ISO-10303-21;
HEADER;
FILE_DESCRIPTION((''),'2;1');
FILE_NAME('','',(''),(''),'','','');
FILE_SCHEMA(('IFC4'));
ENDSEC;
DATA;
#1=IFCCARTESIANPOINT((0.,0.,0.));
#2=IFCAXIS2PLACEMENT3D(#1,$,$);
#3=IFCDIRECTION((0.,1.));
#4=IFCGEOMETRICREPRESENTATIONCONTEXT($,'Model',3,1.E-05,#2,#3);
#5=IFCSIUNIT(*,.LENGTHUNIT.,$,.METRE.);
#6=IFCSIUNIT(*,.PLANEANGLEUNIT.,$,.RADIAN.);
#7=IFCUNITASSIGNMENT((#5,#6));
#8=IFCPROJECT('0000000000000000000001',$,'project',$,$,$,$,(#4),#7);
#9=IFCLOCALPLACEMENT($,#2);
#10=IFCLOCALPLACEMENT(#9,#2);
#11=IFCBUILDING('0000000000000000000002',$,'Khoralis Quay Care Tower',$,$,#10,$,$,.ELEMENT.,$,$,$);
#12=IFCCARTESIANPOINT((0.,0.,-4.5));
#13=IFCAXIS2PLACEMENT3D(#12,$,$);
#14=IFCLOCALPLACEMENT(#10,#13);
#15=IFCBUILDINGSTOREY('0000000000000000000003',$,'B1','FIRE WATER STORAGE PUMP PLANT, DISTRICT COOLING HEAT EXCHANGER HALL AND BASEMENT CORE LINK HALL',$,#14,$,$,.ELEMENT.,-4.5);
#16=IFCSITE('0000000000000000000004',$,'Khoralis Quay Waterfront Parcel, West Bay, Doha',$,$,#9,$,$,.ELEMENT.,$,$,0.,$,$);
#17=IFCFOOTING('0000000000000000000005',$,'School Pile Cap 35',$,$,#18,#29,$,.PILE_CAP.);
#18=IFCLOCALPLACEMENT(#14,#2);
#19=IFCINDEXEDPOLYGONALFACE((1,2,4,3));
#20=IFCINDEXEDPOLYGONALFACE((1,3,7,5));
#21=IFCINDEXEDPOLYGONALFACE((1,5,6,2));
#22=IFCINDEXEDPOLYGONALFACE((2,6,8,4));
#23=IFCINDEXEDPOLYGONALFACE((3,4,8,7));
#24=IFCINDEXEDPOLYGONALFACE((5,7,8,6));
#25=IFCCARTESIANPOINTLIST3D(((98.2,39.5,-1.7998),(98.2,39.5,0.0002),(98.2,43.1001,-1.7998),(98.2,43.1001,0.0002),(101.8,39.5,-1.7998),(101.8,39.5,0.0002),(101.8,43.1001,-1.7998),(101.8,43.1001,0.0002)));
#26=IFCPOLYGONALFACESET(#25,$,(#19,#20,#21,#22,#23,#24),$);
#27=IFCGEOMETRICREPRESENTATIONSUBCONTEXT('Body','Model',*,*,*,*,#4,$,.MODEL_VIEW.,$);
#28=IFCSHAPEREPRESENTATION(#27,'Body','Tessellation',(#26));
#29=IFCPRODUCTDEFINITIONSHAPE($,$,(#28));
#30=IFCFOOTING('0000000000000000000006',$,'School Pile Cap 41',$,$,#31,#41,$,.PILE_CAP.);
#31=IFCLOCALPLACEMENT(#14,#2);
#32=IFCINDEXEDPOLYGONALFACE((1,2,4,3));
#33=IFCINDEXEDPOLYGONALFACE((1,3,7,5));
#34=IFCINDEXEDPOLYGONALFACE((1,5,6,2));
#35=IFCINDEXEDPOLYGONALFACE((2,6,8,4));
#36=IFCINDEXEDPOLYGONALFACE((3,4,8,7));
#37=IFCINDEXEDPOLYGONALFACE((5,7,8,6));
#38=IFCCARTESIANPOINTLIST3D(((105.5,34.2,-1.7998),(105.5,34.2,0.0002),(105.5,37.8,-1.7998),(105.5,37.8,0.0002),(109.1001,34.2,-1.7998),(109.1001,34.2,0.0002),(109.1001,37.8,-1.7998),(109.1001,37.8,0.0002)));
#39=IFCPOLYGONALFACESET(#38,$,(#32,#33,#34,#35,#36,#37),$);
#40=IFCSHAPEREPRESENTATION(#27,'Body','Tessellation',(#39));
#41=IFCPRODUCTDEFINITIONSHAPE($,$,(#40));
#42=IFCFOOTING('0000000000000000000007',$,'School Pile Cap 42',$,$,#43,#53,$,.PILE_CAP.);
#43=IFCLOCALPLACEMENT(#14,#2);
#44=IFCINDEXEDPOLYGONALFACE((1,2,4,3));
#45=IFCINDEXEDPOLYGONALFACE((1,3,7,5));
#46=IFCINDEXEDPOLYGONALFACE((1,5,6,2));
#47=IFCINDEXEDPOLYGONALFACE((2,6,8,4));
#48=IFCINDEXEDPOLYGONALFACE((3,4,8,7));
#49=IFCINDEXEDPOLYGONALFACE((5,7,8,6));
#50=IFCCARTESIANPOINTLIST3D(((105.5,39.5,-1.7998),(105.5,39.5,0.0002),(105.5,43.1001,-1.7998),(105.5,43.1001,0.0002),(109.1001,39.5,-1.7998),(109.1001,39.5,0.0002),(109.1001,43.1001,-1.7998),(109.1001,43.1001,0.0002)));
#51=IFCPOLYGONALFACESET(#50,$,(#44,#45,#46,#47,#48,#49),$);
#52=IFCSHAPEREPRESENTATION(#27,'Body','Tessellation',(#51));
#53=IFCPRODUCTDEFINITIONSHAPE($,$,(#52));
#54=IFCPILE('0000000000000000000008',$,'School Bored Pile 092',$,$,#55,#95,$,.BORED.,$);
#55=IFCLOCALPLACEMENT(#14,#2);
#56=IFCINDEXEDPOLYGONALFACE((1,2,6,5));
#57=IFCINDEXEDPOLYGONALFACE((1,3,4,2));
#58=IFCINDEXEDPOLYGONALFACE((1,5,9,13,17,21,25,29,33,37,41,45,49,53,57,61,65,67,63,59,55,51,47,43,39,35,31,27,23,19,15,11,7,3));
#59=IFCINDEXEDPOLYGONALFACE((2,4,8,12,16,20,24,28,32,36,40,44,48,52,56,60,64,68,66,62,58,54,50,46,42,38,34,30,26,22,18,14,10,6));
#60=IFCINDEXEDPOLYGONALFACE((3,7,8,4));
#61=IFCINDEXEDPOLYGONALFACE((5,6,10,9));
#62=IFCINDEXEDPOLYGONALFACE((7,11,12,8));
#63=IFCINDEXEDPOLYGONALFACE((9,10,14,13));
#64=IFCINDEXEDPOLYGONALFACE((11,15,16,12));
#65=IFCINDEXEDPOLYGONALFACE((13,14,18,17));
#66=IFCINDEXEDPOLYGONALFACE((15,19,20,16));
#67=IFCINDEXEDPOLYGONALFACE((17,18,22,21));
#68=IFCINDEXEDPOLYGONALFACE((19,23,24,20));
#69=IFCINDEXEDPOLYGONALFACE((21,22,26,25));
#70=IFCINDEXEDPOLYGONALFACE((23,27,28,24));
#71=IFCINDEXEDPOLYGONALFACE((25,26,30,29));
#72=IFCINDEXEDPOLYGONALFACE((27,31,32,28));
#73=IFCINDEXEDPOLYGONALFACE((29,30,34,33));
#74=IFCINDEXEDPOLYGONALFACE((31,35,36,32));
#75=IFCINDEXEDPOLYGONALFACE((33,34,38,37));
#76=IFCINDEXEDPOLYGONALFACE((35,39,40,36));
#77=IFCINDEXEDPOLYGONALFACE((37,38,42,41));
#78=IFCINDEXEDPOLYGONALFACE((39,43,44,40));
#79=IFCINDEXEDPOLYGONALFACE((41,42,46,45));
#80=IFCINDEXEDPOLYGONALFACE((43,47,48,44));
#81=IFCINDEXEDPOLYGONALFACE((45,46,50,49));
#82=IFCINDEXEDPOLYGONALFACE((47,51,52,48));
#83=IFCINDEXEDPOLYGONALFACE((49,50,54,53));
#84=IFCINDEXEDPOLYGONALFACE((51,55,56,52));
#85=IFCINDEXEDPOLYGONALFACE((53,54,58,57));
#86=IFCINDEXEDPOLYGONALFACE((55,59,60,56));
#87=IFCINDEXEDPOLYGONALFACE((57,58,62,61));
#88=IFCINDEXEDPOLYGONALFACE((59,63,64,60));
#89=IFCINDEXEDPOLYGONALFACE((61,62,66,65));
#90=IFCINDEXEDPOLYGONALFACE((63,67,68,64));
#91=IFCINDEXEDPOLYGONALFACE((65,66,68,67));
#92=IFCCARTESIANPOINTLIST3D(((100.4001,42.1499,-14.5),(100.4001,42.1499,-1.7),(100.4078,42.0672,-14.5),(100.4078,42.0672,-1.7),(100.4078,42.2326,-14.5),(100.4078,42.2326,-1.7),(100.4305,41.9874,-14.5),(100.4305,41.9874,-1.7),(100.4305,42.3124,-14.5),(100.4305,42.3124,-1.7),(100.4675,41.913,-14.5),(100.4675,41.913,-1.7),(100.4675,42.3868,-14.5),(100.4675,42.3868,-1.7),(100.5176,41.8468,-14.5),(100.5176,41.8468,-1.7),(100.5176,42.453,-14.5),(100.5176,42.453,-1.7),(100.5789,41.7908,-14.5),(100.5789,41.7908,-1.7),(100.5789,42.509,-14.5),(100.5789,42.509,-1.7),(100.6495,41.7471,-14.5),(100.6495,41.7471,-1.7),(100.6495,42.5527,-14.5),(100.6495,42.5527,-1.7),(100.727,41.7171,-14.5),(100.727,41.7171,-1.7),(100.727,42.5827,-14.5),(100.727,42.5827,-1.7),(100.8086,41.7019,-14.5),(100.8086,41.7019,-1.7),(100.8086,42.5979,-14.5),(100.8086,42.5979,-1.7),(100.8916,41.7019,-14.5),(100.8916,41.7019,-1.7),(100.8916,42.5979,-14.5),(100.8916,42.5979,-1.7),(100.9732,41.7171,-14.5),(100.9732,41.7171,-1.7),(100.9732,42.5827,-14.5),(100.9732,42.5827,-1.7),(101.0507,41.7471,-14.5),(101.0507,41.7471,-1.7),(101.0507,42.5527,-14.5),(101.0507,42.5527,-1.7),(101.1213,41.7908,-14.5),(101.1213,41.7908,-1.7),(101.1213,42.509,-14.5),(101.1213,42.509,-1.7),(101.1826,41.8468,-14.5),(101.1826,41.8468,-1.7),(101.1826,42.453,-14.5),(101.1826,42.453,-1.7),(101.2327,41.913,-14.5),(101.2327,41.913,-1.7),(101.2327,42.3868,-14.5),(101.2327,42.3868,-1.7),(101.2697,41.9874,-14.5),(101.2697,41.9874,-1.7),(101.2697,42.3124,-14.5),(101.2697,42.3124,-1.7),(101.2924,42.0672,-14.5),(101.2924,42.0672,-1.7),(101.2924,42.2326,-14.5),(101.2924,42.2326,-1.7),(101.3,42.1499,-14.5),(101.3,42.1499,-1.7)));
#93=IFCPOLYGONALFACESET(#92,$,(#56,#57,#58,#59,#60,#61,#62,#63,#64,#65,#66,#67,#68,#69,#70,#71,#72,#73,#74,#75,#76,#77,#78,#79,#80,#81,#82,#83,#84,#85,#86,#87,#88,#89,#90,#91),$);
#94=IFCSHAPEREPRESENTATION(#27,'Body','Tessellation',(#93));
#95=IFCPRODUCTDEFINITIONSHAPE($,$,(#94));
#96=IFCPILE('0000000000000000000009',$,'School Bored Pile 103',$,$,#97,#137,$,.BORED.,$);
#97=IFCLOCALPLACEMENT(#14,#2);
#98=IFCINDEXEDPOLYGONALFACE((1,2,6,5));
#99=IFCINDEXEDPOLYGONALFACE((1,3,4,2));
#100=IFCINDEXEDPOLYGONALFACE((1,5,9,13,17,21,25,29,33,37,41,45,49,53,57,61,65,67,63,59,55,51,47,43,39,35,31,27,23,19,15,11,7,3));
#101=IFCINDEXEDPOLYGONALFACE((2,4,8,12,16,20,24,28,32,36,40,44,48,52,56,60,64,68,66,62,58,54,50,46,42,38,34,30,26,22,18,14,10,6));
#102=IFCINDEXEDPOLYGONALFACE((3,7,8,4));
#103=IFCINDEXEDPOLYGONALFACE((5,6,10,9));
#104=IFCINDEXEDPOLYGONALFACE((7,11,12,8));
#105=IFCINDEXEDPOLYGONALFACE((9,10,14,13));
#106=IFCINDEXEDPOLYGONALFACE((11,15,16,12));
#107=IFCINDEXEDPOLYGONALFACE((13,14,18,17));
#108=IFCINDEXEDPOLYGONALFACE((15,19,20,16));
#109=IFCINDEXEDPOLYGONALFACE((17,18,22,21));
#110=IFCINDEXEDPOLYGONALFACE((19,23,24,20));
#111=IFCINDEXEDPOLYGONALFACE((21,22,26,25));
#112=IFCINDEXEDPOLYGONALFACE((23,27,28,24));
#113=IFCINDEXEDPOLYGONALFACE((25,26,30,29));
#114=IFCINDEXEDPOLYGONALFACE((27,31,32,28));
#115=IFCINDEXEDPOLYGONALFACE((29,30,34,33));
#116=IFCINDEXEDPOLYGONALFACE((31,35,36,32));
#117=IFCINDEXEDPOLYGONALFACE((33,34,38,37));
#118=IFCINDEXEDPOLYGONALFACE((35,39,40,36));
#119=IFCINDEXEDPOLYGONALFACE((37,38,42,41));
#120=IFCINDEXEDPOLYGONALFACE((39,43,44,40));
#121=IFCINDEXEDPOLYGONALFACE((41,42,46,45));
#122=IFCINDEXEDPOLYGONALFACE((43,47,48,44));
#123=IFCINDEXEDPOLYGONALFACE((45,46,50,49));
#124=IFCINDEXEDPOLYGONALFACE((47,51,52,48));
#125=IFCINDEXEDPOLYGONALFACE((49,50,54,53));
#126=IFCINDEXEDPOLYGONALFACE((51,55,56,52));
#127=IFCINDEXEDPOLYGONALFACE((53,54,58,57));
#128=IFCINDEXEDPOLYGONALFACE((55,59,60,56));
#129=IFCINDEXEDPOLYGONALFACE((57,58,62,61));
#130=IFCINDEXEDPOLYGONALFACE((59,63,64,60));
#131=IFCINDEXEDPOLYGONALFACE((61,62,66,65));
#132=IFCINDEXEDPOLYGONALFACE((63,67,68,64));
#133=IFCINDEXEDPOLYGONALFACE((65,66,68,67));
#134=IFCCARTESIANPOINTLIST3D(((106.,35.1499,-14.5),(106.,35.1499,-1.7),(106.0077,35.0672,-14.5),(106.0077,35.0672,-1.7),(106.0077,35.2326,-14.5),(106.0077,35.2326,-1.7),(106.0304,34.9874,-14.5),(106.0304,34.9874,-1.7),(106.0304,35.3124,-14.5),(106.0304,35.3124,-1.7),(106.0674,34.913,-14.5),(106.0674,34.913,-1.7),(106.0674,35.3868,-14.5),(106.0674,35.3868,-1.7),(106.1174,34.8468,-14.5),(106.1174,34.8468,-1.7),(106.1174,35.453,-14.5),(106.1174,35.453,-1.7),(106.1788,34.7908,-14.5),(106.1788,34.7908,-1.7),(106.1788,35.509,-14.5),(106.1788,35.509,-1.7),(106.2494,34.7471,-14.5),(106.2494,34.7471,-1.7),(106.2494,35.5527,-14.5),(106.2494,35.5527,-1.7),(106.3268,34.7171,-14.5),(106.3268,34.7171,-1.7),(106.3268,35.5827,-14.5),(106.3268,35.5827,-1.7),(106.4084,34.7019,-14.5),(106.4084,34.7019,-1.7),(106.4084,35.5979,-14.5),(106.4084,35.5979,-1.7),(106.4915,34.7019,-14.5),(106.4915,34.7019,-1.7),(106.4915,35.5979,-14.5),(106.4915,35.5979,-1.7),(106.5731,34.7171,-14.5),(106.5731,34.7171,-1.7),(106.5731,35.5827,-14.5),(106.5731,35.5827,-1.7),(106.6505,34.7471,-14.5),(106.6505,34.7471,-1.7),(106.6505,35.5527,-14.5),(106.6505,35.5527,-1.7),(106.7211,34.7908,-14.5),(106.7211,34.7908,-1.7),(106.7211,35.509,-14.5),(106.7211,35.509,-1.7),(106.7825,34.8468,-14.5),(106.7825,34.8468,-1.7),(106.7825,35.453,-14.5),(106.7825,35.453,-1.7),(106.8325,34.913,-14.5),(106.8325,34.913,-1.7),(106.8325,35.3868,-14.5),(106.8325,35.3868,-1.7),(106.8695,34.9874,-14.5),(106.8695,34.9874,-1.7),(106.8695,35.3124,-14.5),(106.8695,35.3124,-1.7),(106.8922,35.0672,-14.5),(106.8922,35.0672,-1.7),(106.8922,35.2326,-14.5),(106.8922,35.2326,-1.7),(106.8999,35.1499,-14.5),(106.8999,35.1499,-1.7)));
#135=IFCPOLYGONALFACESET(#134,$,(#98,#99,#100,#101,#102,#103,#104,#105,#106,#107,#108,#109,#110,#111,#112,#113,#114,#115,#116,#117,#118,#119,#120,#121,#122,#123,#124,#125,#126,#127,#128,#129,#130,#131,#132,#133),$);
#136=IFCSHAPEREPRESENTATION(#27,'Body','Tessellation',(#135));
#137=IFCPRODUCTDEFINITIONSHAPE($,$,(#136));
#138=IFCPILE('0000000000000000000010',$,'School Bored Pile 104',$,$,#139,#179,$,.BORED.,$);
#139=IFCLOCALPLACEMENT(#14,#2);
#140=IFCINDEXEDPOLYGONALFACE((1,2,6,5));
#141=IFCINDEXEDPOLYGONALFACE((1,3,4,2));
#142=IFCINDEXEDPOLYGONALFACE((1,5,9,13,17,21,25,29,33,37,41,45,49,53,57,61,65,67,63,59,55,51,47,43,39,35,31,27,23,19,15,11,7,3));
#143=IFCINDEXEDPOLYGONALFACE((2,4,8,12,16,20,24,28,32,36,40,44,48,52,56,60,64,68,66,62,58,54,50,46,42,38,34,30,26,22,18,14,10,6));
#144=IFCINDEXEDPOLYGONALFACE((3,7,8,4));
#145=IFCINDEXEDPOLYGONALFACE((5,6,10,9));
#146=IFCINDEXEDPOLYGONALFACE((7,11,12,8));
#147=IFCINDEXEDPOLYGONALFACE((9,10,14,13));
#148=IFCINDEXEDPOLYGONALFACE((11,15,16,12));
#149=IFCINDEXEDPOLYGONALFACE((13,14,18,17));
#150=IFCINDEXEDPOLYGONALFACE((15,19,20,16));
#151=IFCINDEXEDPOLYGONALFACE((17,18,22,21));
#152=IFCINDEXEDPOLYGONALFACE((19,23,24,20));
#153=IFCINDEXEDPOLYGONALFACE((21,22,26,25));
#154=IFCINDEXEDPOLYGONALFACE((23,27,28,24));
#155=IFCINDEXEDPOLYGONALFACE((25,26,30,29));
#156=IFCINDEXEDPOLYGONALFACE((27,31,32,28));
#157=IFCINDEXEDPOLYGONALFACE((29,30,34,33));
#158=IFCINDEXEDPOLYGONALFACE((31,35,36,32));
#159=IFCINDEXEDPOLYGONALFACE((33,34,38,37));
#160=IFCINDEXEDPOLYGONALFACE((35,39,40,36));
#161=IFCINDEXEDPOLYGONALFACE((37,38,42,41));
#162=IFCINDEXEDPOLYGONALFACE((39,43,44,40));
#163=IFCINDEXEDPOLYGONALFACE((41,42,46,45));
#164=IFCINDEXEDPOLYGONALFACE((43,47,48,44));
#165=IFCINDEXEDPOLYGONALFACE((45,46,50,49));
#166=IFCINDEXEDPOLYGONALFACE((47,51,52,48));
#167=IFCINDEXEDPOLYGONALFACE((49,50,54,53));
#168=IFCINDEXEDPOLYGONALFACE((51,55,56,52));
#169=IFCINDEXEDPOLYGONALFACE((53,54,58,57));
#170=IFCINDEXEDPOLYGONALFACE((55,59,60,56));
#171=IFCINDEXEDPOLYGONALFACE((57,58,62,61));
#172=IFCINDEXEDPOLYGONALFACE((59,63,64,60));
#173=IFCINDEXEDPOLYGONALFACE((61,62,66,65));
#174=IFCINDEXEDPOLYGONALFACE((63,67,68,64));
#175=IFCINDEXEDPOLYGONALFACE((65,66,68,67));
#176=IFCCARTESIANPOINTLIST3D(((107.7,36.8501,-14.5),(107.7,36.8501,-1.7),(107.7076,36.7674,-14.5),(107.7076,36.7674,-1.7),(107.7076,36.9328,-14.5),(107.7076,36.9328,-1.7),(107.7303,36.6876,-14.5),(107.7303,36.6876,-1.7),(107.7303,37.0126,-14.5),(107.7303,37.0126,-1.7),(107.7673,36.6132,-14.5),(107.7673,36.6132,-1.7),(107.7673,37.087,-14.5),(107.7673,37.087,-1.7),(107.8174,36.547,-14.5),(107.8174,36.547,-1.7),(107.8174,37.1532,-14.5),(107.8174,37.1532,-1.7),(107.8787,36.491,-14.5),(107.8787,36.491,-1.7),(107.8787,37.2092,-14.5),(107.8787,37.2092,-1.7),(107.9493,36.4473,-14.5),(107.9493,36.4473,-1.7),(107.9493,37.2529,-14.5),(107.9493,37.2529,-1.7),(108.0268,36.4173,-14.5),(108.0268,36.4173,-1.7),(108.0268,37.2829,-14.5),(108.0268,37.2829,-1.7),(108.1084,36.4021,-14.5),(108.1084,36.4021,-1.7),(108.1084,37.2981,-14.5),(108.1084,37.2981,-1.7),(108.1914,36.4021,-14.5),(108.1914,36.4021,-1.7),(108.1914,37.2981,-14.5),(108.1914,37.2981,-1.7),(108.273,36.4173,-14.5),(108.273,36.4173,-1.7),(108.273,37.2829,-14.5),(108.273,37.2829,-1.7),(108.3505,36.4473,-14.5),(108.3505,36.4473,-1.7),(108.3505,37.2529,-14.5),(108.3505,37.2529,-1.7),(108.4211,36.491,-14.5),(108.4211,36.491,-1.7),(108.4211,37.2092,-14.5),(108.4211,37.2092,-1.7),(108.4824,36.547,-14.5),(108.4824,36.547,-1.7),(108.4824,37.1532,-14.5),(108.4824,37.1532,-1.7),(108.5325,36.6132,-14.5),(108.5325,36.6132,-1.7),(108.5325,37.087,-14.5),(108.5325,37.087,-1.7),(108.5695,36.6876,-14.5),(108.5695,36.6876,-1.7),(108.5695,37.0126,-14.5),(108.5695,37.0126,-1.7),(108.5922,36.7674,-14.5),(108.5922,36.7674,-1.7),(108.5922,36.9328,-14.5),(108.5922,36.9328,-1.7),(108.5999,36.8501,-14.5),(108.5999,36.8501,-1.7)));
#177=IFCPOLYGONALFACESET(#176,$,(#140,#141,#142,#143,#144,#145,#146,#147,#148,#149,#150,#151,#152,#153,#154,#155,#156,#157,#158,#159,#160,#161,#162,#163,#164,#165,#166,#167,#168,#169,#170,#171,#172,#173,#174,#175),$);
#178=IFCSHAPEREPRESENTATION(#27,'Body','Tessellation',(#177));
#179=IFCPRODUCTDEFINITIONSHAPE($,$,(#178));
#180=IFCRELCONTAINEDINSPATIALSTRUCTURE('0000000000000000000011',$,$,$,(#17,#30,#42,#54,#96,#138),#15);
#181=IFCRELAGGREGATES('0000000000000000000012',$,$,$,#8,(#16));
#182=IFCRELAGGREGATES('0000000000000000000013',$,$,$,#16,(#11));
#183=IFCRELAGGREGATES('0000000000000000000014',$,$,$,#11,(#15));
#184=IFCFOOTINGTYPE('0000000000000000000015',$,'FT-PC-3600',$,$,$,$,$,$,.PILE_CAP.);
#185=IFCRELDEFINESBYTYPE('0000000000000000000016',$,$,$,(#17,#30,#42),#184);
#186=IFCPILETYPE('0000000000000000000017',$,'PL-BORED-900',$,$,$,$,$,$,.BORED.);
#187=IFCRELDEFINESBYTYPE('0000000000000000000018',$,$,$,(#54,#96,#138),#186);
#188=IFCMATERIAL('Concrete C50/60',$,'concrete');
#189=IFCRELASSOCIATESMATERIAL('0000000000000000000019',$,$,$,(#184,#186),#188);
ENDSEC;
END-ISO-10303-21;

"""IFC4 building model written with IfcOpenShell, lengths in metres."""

from ifc_helpers import new_model, si_unit, direction, frame, origin, origin_2d, place, context, subcontext, project, spatial, rectangle, circle, extrude, source, transform, mapped, material, material_profile, profile_set, type_object, element, save


model = new_model("IFC4")

# Units and contexts
model_context = context("Model", 3, precision=1e-05, world=origin(), true_north=direction((0.0, 1.0)))
body_context = subcontext(model_context, "Body", "Model", "MODEL_VIEW")
ifc_project = project(units=[si_unit("LENGTHUNIT", "METRE"), si_unit("PLANEANGLEUNIT", "RADIAN")], contexts=[model_context])

# Site, building, storey
site_placement = place(None, origin())
site = spatial("IfcSite", under=ifc_project, at=site_placement, Name="Khoralis Quay Waterfront Parcel, West Bay, Doha", CompositionType="ELEMENT", RefElevation=0.0)
building_placement = place(site_placement, origin())
building = spatial("IfcBuilding", under=site, at=building_placement, Name="Khoralis Quay Care Tower", CompositionType="ELEMENT")
storey_placement = place(building_placement, frame((0.0, 0.0, -4.5)))
storey = spatial("IfcBuildingStorey", under=building, at=storey_placement, Name="B1", Description="FIRE WATER STORAGE PUMP PLANT, DISTRICT COOLING HEAT EXCHANGER HALL AND BASEMENT CORE LINK HALL", CompositionType="ELEMENT", Elevation=-4.5)

# Footings
ifc_material_1 = material(Name="Concrete C50/60", Category="concrete")
footing_type_1 = type_object("IfcFootingType", Name="FT-PC-3600", PredefinedType="PILE_CAP", material=ifc_material_1)
shared_shape_1 = source(origin(), body_context, "Body", "SweptSolid", [
    extrude(rectangle(XDim=3.6001, YDim=3.6001, at=origin_2d()), origin(), (0.0, 0.0, 1.0), 1.8),
])
for number, where, z_axis, x_axis, name in (
    (1, (100.0, 41.3, -1.7998), (0.0, 0.0, 1.0), (1.0, 0.0, 0.0), "School Pile Cap 35"),
    (2, (107.3, 36.0, -1.7998), (0.0, 0.0, 1.0), (1.0, 0.0, 0.0), "School Pile Cap 41"),
    (3, (107.3, 41.3, -1.7998), (0.0, 0.0, 1.0), (1.0, 0.0, 0.0), "School Pile Cap 42"),
):
    element("IfcFooting", number, at=place(storey_placement, frame(where, z_axis=z_axis, x_axis=x_axis)), inside=storey, type_object=footing_type_1, Name=name, PredefinedType="PILE_CAP", context=body_context, shape_type="MappedRepresentation", body=[
        mapped(shared_shape_1, transform((0.0, 0.0, 0.0), scale=1.0)),
    ])

# Piles
ifc_material_profile_1 = material_profile(ifc_material_1, circle(Radius=0.45, at=origin_2d()), Name="Concrete C50/60")
ifc_profile_set_1 = profile_set([ifc_material_profile_1], Name="Concrete C50/60")
pile_type_1 = type_object("IfcPileType", Name="PL-BORED-900", PredefinedType="BORED", material=ifc_profile_set_1)
shared_shape_2 = source(origin(), body_context, "Body", "SweptSolid", [
    extrude(circle(Radius=0.45, at=origin_2d()), origin(), (0.0, 0.0, 1.0), 12.8),
])
for number, where, z_axis, x_axis, name in (
    (4, (100.8501, 42.1499, -1.7), (0.0, 0.0, -1.0), (1.0, 0.0, 0.0), "School Bored Pile 092"),
    (5, (106.45, 35.1499, -1.7), (0.0, 0.0, -1.0), (1.0, 0.0, 0.0), "School Bored Pile 103"),
    (6, (108.1499, 36.8501, -1.7), (0.0, 0.0, -1.0), (1.0, 0.0, 0.0), "School Bored Pile 104"),
):
    element("IfcPile", number, at=place(storey_placement, frame(where, z_axis=z_axis, x_axis=x_axis)), inside=storey, type_object=pile_type_1, Name=name, PredefinedType="BORED", context=body_context, shape_type="MappedRepresentation", body=[
        mapped(shared_shape_2, transform((0.0, 0.0, 0.0), scale=1.0)),
    ])

save(model, "model.ifc")
